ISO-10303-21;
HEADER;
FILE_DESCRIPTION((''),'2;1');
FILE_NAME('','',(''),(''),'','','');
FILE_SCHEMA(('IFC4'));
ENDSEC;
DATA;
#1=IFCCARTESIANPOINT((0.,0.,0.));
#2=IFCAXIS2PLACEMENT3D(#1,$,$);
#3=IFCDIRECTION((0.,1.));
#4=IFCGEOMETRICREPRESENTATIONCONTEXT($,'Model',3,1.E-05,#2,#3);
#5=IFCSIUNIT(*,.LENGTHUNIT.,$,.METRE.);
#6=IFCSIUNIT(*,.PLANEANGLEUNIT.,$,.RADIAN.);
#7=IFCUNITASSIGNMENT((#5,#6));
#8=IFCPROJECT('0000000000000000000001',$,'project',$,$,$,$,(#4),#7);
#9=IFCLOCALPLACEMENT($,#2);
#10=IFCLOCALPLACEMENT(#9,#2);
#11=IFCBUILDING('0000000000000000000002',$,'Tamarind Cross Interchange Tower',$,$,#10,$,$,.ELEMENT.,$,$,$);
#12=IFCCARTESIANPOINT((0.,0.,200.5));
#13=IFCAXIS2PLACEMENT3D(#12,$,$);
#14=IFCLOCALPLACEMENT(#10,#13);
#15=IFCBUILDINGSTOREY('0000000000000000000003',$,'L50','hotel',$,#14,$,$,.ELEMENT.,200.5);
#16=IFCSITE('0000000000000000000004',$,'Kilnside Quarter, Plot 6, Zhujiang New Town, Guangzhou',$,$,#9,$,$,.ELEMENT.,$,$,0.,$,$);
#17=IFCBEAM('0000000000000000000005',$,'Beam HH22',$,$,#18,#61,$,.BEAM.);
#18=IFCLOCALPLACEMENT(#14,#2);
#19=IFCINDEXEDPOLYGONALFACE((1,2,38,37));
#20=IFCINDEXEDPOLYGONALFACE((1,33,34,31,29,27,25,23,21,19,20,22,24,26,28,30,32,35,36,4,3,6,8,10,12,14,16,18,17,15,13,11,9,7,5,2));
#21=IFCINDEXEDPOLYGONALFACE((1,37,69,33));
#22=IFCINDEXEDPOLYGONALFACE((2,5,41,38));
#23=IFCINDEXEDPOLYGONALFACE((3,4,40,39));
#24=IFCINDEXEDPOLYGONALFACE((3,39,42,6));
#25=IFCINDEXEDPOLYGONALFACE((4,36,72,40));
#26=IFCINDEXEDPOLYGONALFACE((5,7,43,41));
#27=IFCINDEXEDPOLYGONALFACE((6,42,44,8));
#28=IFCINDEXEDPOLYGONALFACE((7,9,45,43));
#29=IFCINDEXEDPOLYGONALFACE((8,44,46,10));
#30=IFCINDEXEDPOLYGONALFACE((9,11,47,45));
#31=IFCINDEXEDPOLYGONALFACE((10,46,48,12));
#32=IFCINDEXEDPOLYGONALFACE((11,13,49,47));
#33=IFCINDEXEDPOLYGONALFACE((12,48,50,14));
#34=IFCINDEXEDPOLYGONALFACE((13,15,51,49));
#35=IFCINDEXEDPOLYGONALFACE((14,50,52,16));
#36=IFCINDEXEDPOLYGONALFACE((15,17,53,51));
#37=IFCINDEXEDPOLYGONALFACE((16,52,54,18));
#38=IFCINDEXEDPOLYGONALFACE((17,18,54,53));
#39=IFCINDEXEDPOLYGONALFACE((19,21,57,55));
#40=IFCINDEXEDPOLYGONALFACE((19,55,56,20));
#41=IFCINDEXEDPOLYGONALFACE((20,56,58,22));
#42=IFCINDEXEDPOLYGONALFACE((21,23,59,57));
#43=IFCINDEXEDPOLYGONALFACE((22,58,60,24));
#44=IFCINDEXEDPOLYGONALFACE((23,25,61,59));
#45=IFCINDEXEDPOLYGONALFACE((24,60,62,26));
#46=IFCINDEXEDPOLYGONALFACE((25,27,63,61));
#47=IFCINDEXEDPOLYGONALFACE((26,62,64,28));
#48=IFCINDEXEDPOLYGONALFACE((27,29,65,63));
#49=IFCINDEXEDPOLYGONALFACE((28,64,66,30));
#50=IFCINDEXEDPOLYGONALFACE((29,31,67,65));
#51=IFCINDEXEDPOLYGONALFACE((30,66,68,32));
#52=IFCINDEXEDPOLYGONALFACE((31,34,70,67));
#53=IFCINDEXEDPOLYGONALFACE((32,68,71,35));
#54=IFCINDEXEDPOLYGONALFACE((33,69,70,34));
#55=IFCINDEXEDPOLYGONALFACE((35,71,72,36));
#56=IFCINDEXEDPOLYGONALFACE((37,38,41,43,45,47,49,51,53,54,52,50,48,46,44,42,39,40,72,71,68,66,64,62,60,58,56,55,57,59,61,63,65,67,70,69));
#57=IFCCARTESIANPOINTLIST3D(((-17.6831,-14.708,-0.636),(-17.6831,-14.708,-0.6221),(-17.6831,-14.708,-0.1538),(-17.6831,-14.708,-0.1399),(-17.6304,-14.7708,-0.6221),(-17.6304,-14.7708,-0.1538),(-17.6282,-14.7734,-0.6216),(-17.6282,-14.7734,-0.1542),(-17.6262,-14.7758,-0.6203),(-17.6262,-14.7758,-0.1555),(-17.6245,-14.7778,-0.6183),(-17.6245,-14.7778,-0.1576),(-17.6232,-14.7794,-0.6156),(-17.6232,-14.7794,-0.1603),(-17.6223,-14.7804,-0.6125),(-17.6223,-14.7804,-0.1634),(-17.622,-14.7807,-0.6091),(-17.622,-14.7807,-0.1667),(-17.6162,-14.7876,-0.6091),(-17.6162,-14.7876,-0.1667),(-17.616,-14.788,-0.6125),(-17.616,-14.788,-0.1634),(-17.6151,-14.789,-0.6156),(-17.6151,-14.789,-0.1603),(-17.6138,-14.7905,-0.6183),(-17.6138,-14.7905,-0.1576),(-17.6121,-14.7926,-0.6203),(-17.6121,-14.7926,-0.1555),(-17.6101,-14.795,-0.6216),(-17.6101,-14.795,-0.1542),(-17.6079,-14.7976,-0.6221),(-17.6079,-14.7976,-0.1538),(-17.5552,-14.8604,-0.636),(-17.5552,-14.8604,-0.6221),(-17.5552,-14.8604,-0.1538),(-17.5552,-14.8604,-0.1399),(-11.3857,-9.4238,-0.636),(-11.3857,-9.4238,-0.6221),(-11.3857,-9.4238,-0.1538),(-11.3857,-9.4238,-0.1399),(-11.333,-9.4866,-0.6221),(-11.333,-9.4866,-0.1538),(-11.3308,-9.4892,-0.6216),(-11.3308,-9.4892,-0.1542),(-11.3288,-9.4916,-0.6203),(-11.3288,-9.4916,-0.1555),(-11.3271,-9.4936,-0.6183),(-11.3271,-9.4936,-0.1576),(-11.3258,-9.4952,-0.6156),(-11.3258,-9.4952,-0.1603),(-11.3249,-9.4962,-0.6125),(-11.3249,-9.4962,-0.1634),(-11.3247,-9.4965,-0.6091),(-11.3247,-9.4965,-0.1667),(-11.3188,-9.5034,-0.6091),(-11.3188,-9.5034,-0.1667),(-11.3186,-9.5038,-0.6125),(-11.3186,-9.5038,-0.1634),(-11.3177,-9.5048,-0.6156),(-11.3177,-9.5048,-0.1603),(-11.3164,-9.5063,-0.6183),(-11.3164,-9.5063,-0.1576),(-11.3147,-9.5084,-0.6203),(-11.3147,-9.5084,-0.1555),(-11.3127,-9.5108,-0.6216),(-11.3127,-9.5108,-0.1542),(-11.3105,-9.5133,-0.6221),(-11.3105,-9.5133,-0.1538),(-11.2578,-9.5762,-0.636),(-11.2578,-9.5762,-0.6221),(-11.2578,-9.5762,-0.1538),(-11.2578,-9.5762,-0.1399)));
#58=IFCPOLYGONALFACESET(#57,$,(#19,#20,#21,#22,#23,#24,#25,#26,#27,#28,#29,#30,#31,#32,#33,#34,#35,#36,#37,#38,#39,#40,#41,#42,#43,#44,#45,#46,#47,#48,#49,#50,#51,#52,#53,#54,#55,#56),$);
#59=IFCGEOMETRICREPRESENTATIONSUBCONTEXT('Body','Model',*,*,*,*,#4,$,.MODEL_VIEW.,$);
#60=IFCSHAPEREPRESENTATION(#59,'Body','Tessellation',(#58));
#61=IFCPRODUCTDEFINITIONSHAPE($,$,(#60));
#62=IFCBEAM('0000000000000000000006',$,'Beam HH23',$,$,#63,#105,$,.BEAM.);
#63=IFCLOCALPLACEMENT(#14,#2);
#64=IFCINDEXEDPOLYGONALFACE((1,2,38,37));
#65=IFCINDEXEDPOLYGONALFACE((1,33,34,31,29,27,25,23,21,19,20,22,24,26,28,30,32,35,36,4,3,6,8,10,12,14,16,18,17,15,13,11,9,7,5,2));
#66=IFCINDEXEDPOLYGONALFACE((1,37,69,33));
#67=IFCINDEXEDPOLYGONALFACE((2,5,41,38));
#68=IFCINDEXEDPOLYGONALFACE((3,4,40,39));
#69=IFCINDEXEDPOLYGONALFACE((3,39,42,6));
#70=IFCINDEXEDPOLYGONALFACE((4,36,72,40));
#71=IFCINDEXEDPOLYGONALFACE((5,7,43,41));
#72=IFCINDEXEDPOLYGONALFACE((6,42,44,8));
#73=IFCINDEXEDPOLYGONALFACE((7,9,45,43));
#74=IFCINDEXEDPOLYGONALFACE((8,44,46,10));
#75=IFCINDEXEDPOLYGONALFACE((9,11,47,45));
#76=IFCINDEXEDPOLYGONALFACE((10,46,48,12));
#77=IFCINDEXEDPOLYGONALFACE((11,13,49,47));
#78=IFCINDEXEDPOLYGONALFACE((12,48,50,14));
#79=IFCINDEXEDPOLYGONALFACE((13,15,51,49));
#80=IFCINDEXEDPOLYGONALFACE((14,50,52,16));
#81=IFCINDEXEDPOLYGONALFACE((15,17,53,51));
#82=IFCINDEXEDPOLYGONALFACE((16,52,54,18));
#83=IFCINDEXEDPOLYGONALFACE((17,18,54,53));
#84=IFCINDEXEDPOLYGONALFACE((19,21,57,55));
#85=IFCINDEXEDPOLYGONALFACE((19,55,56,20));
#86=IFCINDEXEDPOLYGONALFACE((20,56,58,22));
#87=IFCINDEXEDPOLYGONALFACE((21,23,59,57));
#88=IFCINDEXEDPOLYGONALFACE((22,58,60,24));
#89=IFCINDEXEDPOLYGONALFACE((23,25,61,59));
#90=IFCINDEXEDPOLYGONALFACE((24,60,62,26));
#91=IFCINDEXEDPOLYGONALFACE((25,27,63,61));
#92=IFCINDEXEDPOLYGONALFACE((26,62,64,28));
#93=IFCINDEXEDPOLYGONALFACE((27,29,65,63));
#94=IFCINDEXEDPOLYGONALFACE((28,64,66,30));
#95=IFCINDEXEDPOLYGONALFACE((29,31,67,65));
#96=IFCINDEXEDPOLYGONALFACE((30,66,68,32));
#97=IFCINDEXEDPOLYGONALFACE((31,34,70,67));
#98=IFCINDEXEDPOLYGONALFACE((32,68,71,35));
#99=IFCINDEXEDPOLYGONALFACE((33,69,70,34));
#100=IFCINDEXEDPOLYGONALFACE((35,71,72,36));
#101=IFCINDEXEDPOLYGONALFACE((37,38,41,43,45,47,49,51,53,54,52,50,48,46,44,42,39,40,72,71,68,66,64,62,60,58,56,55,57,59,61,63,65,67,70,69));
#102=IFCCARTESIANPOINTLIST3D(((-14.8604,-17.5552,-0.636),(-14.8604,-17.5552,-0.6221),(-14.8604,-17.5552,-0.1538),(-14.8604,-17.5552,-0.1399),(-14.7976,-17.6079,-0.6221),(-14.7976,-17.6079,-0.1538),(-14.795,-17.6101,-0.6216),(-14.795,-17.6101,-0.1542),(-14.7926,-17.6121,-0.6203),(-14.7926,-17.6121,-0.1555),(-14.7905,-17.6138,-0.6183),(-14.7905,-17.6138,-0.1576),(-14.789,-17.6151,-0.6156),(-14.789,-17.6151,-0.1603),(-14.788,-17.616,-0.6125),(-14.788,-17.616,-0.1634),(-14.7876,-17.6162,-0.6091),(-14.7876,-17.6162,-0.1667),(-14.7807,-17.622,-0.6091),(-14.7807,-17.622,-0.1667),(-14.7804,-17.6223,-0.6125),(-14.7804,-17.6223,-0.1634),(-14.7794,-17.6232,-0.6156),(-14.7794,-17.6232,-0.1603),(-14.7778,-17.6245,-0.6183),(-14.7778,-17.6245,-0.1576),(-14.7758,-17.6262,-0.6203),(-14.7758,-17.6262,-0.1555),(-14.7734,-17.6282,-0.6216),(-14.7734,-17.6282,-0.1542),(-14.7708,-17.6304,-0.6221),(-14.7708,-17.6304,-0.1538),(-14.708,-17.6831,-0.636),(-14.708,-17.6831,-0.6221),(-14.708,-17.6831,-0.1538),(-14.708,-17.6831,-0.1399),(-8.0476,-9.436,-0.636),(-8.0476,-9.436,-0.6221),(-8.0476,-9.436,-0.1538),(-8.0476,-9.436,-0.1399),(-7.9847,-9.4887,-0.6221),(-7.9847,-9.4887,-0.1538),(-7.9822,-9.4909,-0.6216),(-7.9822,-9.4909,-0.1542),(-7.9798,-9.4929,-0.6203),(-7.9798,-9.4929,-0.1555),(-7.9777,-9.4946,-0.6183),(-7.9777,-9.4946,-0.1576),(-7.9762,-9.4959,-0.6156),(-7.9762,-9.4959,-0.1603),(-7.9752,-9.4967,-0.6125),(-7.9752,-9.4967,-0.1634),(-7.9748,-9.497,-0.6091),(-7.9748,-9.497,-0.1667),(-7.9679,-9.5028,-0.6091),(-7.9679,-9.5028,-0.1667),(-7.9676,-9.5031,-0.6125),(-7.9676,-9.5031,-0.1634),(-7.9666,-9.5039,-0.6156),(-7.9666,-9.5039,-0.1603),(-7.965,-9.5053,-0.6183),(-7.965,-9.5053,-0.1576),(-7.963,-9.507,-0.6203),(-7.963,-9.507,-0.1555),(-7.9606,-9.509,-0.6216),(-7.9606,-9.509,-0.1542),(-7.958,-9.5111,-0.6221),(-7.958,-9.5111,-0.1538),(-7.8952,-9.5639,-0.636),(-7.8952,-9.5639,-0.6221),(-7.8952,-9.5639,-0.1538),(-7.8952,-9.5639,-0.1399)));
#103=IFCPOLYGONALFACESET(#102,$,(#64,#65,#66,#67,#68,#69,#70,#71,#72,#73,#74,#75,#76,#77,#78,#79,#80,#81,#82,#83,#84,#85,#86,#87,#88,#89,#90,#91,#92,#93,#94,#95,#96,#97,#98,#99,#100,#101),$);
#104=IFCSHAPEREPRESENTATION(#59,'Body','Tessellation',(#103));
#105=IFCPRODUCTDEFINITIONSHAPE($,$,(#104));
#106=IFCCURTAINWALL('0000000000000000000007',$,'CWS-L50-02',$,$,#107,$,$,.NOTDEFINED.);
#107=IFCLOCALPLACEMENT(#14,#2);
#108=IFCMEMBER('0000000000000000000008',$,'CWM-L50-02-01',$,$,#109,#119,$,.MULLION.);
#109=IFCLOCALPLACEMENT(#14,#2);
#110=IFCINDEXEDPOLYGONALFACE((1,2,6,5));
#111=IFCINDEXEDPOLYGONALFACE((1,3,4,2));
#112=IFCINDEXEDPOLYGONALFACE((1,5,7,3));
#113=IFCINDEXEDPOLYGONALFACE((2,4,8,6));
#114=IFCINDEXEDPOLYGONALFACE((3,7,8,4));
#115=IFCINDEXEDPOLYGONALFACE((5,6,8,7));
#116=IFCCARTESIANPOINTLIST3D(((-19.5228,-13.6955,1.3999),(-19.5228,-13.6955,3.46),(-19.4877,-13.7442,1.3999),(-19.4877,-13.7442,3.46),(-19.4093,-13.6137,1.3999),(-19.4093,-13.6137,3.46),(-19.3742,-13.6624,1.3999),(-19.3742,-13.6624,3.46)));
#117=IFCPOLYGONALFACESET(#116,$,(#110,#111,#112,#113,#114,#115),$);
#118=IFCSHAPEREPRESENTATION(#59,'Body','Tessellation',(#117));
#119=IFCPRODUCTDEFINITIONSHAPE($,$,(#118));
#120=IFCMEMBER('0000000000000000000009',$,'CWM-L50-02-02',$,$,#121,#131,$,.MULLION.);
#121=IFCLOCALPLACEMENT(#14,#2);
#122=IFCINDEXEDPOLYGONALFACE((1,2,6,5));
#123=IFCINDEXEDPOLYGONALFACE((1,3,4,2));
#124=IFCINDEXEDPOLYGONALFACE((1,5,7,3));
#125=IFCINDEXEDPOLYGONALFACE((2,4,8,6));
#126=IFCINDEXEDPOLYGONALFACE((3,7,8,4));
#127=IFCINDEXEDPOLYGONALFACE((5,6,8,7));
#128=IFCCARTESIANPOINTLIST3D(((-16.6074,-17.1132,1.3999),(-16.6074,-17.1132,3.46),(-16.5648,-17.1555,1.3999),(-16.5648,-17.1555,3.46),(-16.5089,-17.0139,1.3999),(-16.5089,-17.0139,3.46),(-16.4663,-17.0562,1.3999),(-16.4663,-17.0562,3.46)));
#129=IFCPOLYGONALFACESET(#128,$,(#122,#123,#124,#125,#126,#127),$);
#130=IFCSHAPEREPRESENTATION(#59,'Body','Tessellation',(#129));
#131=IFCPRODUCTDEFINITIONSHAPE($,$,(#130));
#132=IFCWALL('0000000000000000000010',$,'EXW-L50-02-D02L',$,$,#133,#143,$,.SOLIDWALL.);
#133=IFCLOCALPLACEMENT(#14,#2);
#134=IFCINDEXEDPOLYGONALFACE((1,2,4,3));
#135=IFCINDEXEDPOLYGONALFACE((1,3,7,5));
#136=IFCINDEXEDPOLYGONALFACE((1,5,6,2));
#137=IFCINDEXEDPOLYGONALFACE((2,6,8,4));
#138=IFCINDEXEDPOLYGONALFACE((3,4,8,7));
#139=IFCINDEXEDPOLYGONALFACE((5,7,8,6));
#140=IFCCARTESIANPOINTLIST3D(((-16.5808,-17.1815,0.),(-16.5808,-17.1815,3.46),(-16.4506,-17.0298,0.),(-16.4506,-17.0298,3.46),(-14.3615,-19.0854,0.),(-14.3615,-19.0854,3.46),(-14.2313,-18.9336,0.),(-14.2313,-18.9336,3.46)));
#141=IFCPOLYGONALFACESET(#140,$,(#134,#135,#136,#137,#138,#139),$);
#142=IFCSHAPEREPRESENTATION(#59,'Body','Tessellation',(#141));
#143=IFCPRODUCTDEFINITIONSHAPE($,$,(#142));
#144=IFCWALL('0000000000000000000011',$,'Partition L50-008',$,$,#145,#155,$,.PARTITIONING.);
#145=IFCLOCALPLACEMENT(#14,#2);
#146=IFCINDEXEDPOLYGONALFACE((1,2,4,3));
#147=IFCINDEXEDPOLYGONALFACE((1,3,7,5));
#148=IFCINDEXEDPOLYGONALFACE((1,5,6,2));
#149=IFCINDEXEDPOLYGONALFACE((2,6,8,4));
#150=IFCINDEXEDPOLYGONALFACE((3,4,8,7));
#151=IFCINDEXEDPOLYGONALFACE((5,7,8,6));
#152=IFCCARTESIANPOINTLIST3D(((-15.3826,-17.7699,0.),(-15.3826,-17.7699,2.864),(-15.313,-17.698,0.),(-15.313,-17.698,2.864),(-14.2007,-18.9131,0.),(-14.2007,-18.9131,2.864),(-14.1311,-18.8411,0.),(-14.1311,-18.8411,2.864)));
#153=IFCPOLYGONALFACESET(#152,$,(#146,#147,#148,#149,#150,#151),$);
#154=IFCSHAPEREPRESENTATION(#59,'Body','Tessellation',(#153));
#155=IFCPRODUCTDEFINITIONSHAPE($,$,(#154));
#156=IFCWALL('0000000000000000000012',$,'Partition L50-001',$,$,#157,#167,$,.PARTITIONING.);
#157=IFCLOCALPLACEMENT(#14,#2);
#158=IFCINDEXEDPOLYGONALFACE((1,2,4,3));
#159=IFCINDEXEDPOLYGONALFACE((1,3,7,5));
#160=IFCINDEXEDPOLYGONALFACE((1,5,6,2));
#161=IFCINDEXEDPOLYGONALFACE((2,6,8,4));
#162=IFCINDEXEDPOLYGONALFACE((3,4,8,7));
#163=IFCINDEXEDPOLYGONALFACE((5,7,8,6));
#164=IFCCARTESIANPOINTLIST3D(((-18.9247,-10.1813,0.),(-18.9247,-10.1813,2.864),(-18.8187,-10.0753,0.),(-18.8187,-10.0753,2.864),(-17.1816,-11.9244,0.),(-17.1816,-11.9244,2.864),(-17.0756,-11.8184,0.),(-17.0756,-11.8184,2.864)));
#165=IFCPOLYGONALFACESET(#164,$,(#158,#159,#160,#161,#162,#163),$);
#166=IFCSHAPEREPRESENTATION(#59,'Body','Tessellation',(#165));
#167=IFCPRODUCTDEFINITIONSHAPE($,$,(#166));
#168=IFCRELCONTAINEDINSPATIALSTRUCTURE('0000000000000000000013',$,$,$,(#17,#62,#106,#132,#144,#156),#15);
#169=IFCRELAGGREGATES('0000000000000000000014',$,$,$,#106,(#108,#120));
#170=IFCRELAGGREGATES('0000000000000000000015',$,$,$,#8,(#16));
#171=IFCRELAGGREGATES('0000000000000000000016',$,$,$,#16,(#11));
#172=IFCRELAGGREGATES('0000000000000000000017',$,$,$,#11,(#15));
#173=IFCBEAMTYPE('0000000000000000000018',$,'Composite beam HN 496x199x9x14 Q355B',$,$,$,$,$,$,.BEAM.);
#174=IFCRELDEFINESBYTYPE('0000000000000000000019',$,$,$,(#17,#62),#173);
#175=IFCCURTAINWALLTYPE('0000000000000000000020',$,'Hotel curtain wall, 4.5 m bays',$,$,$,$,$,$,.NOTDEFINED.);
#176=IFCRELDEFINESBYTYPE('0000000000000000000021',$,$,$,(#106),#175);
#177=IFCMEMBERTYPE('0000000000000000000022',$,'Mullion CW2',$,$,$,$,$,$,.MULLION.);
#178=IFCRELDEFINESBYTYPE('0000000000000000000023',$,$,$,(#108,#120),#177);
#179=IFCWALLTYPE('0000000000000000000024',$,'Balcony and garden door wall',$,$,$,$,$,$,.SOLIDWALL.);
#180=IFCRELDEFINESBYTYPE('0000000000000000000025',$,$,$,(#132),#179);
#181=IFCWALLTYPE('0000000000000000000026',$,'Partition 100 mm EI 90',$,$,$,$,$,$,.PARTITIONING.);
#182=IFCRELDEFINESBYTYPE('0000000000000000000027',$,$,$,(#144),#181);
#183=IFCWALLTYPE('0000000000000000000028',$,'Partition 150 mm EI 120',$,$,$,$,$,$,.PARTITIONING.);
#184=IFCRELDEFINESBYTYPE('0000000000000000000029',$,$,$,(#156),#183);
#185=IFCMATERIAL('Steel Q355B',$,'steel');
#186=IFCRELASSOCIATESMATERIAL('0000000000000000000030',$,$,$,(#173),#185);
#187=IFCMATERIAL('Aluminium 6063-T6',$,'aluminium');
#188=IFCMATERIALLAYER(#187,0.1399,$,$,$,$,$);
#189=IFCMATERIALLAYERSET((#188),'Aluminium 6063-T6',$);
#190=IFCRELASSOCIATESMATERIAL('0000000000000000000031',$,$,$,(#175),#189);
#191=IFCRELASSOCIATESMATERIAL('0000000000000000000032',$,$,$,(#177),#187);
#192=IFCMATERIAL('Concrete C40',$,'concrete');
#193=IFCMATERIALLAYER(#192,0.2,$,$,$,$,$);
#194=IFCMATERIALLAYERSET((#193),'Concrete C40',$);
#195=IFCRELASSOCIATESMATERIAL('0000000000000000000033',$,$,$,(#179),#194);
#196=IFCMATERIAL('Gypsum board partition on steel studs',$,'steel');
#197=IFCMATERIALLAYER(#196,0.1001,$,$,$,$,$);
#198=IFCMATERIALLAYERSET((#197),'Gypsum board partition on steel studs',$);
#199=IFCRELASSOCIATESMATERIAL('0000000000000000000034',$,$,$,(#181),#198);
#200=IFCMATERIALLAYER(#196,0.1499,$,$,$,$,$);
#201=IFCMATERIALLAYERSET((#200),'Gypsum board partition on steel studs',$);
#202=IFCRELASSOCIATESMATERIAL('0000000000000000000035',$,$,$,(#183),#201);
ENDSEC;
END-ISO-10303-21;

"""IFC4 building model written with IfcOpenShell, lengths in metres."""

from ifc_helpers import new_model, si_unit, direction, frame, frame_2d, origin, origin_2d, place, context, subcontext, project, spatial, rectangle, i_section, extrude, material, layer, layer_set, material_profile, profile_set, type_object, element, aggregate, save


model = new_model("IFC4")

# Units and contexts
model_context = context("Model", 3, precision=1e-05, world=origin(), true_north=direction((0.0, 1.0)))
body_context = subcontext(model_context, "Body", "Model", "MODEL_VIEW")
ifc_project = project(units=[si_unit("LENGTHUNIT", "METRE"), si_unit("PLANEANGLEUNIT", "RADIAN")], contexts=[model_context])

# Site, building, storey
site_placement = place(None, origin())
site = spatial("IfcSite", under=ifc_project, at=site_placement, Name="Kilnside Quarter, Plot 6, Zhujiang New Town, Guangzhou", CompositionType="ELEMENT", RefElevation=0.0)
building_placement = place(site_placement, origin())
building = spatial("IfcBuilding", under=site, at=building_placement, Name="Tamarind Cross Interchange Tower", CompositionType="ELEMENT")
storey_placement = place(building_placement, frame((0.0, 0.0, 200.5)))
storey = spatial("IfcBuildingStorey", under=building, at=storey_placement, Name="L50", Description="hotel", CompositionType="ELEMENT", Elevation=200.5)

# Beams
ifc_material_1 = material(Name="Steel Q355B", Category="steel")
ifc_material_profile_1 = material_profile(ifc_material_1, i_section(OverallWidth=0.199, OverallDepth=0.4961, WebThickness=0.009, FlangeThickness=0.0139, FilletRadius=0.0129, at=origin_2d()), Name="HN 496x199x9x14")
ifc_profile_set_1 = profile_set([ifc_material_profile_1], Name="Steel Q355B")
beam_type = type_object("IfcBeamType", Name="Composite beam HN 496x199x9x14 Q355B", PredefinedType="BEAM", material=ifc_profile_set_1)
beam_1_placement = place(storey_placement, frame((-17.6191, -14.7842, -0.3879), z_axis=(0.766041, 0.642792, 0.0), x_axis=(-0.642792, 0.766041, 0.0)))
element("IfcBeam", 1, at=beam_1_placement, inside=storey, type_object=beam_type, Name="Beam HH22", PredefinedType="BEAM", context=body_context, shape_type="SweptSolid", body=[
    extrude(i_section(OverallWidth=0.199, OverallDepth=0.4961, WebThickness=0.009, FlangeThickness=0.0139, FilletRadius=0.0129, at=origin_2d()), origin(), (0.0, 0.0, 1.0), 8.2207),
])
beam_2_placement = place(storey_placement, frame((-14.7842, -17.6191, -0.3879), z_axis=(0.642786, 0.766046, 0.0), x_axis=(-0.766046, 0.642786, 0.0)))
element("IfcBeam", 2, at=beam_2_placement, inside=storey, type_object=beam_type, Name="Beam HH23", PredefinedType="BEAM", context=body_context, shape_type="SweptSolid", body=[
    extrude(i_section(OverallWidth=0.199, OverallDepth=0.4961, WebThickness=0.009, FlangeThickness=0.0139, FilletRadius=0.0129, at=origin_2d()), origin(), (0.0, 0.0, 1.0), 10.5989),
])

# Curtain wall, members
ifc_material_2 = material(Name="Aluminium 6063-T6", Category="aluminium")
ifc_layer_1 = layer(ifc_material_2, 0.1399)
ifc_layer_set_1 = layer_set([ifc_layer_1], Name="Aluminium 6063-T6")
curtain_wall_type = type_object("IfcCurtainWallType", Name="Hotel curtain wall, 4.5 m bays", PredefinedType="NOTDEFINED", material=ifc_layer_set_1)
curtain_wall_placement = place(storey_placement, origin())
curtain_wall = element("IfcCurtainWall", 3, at=curtain_wall_placement, inside=storey, type_object=curtain_wall_type, Name="CWS-L50-02", PredefinedType="NOTDEFINED")
ifc_material_profile_2 = material_profile(ifc_material_2, rectangle(XDim=0.0601, YDim=0.1399, at=origin_2d()), Name="Mullion CW2")
ifc_profile_set_2 = profile_set([ifc_material_profile_2], Name="Aluminium 6063-T6")
member_type = type_object("IfcMemberType", Name="Mullion CW2", PredefinedType="MULLION", material=ifc_profile_set_2)
member_1_placement = place(storey_placement, frame((-19.4485, -13.679, 1.3999), z_axis=(0.0, 0.0, 1.0), x_axis=(0.584745, -0.811217, 0.0)))
member_1 = element("IfcMember", 4, at=member_1_placement, type_object=member_type, Name="CWM-L50-02-01", PredefinedType="MULLION", context=body_context, shape_type="SweptSolid", body=[
    extrude(rectangle(XDim=0.0601, YDim=0.1399, at=origin_2d()), origin(), (0.0, 0.0, 1.0), 2.0601),
])
member_2_placement = place(storey_placement, frame((-16.5369, -17.0847, 1.3999), z_axis=(0.0, 0.0, 1.0), x_axis=(0.710143, -0.704057, 0.0)))
member_2 = element("IfcMember", 5, at=member_2_placement, type_object=member_type, Name="CWM-L50-02-02", PredefinedType="MULLION", context=body_context, shape_type="SweptSolid", body=[
    extrude(rectangle(XDim=0.0601, YDim=0.1399, at=origin_2d()), origin(), (0.0, 0.0, 1.0), 2.0601),
])
aggregate(curtain_wall, [member_1, member_2])

# Wall
ifc_material_3 = material(Name="Concrete C40", Category="concrete")
ifc_layer_2 = layer(ifc_material_3, 0.2)
ifc_layer_set_2 = layer_set([ifc_layer_2], Name="Concrete C40")
wall_type_1 = type_object("IfcWallType", Name="Balcony and garden door wall", PredefinedType="SOLIDWALL", material=ifc_layer_set_2)
wall_1_placement = place(storey_placement, frame((-16.5156, -17.1057, 0.0), z_axis=(0.0, 0.0, 1.0), x_axis=(0.758985, -0.651108, 0.0)))
element("IfcWall", 6, at=wall_1_placement, inside=storey, type_object=wall_type_1, Name="EXW-L50-02-D02L", PredefinedType="SOLIDWALL", context=body_context, shape_type="SweptSolid", body=[
    extrude(rectangle(XDim=2.9241, YDim=0.2, at=frame_2d((1.4619, 0.0))), origin(), (0.0, 0.0, 1.0), 3.46),
])

# Walls
ifc_material_4 = material(Name="Gypsum board partition on steel studs", Category="steel")
ifc_layer_3 = layer(ifc_material_4, 0.1001)
ifc_layer_set_3 = layer_set([ifc_layer_3], Name="Gypsum board partition on steel studs")
wall_type_2 = type_object("IfcWallType", Name="Partition 100 mm EI 90", PredefinedType="PARTITIONING", material=ifc_layer_set_3)
wall_2_placement = place(storey_placement, frame((-15.3479, -17.7339, 0.0), z_axis=(0.0, 0.0, 1.0), x_axis=(0.718813, -0.695204, 0.0)))
element("IfcWall", 7, at=wall_2_placement, inside=storey, type_object=wall_type_2, Name="Partition L50-008", PredefinedType="PARTITIONING", context=body_context, shape_type="SweptSolid", body=[
    extrude(rectangle(XDim=1.6443, YDim=0.1001, at=frame_2d((0.8223, 0.0))), origin(), (0.0, 0.0, 1.0), 2.864),
])
ifc_layer_4 = layer(ifc_material_4, 0.1499)
ifc_layer_set_4 = layer_set([ifc_layer_4], Name="Gypsum board partition on steel studs")
wall_type_3 = type_object("IfcWallType", Name="Partition 150 mm EI 120", PredefinedType="PARTITIONING", material=ifc_layer_set_4)
wall_3_placement = place(storey_placement, frame((-18.8716, -10.1284, 0.0), z_axis=(0.0, 0.0, 1.0), x_axis=(0.707107, -0.707107, 0.0)))
element("IfcWall", 8, at=wall_3_placement, inside=storey, type_object=wall_type_3, Name="Partition L50-001", PredefinedType="PARTITIONING", context=body_context, shape_type="SweptSolid", body=[
    extrude(rectangle(XDim=2.4651, YDim=0.1499, at=frame_2d((1.2324, 0.0))), origin(), (0.0, 0.0, 1.0), 2.864),
])

save(model, "model.ifc")
